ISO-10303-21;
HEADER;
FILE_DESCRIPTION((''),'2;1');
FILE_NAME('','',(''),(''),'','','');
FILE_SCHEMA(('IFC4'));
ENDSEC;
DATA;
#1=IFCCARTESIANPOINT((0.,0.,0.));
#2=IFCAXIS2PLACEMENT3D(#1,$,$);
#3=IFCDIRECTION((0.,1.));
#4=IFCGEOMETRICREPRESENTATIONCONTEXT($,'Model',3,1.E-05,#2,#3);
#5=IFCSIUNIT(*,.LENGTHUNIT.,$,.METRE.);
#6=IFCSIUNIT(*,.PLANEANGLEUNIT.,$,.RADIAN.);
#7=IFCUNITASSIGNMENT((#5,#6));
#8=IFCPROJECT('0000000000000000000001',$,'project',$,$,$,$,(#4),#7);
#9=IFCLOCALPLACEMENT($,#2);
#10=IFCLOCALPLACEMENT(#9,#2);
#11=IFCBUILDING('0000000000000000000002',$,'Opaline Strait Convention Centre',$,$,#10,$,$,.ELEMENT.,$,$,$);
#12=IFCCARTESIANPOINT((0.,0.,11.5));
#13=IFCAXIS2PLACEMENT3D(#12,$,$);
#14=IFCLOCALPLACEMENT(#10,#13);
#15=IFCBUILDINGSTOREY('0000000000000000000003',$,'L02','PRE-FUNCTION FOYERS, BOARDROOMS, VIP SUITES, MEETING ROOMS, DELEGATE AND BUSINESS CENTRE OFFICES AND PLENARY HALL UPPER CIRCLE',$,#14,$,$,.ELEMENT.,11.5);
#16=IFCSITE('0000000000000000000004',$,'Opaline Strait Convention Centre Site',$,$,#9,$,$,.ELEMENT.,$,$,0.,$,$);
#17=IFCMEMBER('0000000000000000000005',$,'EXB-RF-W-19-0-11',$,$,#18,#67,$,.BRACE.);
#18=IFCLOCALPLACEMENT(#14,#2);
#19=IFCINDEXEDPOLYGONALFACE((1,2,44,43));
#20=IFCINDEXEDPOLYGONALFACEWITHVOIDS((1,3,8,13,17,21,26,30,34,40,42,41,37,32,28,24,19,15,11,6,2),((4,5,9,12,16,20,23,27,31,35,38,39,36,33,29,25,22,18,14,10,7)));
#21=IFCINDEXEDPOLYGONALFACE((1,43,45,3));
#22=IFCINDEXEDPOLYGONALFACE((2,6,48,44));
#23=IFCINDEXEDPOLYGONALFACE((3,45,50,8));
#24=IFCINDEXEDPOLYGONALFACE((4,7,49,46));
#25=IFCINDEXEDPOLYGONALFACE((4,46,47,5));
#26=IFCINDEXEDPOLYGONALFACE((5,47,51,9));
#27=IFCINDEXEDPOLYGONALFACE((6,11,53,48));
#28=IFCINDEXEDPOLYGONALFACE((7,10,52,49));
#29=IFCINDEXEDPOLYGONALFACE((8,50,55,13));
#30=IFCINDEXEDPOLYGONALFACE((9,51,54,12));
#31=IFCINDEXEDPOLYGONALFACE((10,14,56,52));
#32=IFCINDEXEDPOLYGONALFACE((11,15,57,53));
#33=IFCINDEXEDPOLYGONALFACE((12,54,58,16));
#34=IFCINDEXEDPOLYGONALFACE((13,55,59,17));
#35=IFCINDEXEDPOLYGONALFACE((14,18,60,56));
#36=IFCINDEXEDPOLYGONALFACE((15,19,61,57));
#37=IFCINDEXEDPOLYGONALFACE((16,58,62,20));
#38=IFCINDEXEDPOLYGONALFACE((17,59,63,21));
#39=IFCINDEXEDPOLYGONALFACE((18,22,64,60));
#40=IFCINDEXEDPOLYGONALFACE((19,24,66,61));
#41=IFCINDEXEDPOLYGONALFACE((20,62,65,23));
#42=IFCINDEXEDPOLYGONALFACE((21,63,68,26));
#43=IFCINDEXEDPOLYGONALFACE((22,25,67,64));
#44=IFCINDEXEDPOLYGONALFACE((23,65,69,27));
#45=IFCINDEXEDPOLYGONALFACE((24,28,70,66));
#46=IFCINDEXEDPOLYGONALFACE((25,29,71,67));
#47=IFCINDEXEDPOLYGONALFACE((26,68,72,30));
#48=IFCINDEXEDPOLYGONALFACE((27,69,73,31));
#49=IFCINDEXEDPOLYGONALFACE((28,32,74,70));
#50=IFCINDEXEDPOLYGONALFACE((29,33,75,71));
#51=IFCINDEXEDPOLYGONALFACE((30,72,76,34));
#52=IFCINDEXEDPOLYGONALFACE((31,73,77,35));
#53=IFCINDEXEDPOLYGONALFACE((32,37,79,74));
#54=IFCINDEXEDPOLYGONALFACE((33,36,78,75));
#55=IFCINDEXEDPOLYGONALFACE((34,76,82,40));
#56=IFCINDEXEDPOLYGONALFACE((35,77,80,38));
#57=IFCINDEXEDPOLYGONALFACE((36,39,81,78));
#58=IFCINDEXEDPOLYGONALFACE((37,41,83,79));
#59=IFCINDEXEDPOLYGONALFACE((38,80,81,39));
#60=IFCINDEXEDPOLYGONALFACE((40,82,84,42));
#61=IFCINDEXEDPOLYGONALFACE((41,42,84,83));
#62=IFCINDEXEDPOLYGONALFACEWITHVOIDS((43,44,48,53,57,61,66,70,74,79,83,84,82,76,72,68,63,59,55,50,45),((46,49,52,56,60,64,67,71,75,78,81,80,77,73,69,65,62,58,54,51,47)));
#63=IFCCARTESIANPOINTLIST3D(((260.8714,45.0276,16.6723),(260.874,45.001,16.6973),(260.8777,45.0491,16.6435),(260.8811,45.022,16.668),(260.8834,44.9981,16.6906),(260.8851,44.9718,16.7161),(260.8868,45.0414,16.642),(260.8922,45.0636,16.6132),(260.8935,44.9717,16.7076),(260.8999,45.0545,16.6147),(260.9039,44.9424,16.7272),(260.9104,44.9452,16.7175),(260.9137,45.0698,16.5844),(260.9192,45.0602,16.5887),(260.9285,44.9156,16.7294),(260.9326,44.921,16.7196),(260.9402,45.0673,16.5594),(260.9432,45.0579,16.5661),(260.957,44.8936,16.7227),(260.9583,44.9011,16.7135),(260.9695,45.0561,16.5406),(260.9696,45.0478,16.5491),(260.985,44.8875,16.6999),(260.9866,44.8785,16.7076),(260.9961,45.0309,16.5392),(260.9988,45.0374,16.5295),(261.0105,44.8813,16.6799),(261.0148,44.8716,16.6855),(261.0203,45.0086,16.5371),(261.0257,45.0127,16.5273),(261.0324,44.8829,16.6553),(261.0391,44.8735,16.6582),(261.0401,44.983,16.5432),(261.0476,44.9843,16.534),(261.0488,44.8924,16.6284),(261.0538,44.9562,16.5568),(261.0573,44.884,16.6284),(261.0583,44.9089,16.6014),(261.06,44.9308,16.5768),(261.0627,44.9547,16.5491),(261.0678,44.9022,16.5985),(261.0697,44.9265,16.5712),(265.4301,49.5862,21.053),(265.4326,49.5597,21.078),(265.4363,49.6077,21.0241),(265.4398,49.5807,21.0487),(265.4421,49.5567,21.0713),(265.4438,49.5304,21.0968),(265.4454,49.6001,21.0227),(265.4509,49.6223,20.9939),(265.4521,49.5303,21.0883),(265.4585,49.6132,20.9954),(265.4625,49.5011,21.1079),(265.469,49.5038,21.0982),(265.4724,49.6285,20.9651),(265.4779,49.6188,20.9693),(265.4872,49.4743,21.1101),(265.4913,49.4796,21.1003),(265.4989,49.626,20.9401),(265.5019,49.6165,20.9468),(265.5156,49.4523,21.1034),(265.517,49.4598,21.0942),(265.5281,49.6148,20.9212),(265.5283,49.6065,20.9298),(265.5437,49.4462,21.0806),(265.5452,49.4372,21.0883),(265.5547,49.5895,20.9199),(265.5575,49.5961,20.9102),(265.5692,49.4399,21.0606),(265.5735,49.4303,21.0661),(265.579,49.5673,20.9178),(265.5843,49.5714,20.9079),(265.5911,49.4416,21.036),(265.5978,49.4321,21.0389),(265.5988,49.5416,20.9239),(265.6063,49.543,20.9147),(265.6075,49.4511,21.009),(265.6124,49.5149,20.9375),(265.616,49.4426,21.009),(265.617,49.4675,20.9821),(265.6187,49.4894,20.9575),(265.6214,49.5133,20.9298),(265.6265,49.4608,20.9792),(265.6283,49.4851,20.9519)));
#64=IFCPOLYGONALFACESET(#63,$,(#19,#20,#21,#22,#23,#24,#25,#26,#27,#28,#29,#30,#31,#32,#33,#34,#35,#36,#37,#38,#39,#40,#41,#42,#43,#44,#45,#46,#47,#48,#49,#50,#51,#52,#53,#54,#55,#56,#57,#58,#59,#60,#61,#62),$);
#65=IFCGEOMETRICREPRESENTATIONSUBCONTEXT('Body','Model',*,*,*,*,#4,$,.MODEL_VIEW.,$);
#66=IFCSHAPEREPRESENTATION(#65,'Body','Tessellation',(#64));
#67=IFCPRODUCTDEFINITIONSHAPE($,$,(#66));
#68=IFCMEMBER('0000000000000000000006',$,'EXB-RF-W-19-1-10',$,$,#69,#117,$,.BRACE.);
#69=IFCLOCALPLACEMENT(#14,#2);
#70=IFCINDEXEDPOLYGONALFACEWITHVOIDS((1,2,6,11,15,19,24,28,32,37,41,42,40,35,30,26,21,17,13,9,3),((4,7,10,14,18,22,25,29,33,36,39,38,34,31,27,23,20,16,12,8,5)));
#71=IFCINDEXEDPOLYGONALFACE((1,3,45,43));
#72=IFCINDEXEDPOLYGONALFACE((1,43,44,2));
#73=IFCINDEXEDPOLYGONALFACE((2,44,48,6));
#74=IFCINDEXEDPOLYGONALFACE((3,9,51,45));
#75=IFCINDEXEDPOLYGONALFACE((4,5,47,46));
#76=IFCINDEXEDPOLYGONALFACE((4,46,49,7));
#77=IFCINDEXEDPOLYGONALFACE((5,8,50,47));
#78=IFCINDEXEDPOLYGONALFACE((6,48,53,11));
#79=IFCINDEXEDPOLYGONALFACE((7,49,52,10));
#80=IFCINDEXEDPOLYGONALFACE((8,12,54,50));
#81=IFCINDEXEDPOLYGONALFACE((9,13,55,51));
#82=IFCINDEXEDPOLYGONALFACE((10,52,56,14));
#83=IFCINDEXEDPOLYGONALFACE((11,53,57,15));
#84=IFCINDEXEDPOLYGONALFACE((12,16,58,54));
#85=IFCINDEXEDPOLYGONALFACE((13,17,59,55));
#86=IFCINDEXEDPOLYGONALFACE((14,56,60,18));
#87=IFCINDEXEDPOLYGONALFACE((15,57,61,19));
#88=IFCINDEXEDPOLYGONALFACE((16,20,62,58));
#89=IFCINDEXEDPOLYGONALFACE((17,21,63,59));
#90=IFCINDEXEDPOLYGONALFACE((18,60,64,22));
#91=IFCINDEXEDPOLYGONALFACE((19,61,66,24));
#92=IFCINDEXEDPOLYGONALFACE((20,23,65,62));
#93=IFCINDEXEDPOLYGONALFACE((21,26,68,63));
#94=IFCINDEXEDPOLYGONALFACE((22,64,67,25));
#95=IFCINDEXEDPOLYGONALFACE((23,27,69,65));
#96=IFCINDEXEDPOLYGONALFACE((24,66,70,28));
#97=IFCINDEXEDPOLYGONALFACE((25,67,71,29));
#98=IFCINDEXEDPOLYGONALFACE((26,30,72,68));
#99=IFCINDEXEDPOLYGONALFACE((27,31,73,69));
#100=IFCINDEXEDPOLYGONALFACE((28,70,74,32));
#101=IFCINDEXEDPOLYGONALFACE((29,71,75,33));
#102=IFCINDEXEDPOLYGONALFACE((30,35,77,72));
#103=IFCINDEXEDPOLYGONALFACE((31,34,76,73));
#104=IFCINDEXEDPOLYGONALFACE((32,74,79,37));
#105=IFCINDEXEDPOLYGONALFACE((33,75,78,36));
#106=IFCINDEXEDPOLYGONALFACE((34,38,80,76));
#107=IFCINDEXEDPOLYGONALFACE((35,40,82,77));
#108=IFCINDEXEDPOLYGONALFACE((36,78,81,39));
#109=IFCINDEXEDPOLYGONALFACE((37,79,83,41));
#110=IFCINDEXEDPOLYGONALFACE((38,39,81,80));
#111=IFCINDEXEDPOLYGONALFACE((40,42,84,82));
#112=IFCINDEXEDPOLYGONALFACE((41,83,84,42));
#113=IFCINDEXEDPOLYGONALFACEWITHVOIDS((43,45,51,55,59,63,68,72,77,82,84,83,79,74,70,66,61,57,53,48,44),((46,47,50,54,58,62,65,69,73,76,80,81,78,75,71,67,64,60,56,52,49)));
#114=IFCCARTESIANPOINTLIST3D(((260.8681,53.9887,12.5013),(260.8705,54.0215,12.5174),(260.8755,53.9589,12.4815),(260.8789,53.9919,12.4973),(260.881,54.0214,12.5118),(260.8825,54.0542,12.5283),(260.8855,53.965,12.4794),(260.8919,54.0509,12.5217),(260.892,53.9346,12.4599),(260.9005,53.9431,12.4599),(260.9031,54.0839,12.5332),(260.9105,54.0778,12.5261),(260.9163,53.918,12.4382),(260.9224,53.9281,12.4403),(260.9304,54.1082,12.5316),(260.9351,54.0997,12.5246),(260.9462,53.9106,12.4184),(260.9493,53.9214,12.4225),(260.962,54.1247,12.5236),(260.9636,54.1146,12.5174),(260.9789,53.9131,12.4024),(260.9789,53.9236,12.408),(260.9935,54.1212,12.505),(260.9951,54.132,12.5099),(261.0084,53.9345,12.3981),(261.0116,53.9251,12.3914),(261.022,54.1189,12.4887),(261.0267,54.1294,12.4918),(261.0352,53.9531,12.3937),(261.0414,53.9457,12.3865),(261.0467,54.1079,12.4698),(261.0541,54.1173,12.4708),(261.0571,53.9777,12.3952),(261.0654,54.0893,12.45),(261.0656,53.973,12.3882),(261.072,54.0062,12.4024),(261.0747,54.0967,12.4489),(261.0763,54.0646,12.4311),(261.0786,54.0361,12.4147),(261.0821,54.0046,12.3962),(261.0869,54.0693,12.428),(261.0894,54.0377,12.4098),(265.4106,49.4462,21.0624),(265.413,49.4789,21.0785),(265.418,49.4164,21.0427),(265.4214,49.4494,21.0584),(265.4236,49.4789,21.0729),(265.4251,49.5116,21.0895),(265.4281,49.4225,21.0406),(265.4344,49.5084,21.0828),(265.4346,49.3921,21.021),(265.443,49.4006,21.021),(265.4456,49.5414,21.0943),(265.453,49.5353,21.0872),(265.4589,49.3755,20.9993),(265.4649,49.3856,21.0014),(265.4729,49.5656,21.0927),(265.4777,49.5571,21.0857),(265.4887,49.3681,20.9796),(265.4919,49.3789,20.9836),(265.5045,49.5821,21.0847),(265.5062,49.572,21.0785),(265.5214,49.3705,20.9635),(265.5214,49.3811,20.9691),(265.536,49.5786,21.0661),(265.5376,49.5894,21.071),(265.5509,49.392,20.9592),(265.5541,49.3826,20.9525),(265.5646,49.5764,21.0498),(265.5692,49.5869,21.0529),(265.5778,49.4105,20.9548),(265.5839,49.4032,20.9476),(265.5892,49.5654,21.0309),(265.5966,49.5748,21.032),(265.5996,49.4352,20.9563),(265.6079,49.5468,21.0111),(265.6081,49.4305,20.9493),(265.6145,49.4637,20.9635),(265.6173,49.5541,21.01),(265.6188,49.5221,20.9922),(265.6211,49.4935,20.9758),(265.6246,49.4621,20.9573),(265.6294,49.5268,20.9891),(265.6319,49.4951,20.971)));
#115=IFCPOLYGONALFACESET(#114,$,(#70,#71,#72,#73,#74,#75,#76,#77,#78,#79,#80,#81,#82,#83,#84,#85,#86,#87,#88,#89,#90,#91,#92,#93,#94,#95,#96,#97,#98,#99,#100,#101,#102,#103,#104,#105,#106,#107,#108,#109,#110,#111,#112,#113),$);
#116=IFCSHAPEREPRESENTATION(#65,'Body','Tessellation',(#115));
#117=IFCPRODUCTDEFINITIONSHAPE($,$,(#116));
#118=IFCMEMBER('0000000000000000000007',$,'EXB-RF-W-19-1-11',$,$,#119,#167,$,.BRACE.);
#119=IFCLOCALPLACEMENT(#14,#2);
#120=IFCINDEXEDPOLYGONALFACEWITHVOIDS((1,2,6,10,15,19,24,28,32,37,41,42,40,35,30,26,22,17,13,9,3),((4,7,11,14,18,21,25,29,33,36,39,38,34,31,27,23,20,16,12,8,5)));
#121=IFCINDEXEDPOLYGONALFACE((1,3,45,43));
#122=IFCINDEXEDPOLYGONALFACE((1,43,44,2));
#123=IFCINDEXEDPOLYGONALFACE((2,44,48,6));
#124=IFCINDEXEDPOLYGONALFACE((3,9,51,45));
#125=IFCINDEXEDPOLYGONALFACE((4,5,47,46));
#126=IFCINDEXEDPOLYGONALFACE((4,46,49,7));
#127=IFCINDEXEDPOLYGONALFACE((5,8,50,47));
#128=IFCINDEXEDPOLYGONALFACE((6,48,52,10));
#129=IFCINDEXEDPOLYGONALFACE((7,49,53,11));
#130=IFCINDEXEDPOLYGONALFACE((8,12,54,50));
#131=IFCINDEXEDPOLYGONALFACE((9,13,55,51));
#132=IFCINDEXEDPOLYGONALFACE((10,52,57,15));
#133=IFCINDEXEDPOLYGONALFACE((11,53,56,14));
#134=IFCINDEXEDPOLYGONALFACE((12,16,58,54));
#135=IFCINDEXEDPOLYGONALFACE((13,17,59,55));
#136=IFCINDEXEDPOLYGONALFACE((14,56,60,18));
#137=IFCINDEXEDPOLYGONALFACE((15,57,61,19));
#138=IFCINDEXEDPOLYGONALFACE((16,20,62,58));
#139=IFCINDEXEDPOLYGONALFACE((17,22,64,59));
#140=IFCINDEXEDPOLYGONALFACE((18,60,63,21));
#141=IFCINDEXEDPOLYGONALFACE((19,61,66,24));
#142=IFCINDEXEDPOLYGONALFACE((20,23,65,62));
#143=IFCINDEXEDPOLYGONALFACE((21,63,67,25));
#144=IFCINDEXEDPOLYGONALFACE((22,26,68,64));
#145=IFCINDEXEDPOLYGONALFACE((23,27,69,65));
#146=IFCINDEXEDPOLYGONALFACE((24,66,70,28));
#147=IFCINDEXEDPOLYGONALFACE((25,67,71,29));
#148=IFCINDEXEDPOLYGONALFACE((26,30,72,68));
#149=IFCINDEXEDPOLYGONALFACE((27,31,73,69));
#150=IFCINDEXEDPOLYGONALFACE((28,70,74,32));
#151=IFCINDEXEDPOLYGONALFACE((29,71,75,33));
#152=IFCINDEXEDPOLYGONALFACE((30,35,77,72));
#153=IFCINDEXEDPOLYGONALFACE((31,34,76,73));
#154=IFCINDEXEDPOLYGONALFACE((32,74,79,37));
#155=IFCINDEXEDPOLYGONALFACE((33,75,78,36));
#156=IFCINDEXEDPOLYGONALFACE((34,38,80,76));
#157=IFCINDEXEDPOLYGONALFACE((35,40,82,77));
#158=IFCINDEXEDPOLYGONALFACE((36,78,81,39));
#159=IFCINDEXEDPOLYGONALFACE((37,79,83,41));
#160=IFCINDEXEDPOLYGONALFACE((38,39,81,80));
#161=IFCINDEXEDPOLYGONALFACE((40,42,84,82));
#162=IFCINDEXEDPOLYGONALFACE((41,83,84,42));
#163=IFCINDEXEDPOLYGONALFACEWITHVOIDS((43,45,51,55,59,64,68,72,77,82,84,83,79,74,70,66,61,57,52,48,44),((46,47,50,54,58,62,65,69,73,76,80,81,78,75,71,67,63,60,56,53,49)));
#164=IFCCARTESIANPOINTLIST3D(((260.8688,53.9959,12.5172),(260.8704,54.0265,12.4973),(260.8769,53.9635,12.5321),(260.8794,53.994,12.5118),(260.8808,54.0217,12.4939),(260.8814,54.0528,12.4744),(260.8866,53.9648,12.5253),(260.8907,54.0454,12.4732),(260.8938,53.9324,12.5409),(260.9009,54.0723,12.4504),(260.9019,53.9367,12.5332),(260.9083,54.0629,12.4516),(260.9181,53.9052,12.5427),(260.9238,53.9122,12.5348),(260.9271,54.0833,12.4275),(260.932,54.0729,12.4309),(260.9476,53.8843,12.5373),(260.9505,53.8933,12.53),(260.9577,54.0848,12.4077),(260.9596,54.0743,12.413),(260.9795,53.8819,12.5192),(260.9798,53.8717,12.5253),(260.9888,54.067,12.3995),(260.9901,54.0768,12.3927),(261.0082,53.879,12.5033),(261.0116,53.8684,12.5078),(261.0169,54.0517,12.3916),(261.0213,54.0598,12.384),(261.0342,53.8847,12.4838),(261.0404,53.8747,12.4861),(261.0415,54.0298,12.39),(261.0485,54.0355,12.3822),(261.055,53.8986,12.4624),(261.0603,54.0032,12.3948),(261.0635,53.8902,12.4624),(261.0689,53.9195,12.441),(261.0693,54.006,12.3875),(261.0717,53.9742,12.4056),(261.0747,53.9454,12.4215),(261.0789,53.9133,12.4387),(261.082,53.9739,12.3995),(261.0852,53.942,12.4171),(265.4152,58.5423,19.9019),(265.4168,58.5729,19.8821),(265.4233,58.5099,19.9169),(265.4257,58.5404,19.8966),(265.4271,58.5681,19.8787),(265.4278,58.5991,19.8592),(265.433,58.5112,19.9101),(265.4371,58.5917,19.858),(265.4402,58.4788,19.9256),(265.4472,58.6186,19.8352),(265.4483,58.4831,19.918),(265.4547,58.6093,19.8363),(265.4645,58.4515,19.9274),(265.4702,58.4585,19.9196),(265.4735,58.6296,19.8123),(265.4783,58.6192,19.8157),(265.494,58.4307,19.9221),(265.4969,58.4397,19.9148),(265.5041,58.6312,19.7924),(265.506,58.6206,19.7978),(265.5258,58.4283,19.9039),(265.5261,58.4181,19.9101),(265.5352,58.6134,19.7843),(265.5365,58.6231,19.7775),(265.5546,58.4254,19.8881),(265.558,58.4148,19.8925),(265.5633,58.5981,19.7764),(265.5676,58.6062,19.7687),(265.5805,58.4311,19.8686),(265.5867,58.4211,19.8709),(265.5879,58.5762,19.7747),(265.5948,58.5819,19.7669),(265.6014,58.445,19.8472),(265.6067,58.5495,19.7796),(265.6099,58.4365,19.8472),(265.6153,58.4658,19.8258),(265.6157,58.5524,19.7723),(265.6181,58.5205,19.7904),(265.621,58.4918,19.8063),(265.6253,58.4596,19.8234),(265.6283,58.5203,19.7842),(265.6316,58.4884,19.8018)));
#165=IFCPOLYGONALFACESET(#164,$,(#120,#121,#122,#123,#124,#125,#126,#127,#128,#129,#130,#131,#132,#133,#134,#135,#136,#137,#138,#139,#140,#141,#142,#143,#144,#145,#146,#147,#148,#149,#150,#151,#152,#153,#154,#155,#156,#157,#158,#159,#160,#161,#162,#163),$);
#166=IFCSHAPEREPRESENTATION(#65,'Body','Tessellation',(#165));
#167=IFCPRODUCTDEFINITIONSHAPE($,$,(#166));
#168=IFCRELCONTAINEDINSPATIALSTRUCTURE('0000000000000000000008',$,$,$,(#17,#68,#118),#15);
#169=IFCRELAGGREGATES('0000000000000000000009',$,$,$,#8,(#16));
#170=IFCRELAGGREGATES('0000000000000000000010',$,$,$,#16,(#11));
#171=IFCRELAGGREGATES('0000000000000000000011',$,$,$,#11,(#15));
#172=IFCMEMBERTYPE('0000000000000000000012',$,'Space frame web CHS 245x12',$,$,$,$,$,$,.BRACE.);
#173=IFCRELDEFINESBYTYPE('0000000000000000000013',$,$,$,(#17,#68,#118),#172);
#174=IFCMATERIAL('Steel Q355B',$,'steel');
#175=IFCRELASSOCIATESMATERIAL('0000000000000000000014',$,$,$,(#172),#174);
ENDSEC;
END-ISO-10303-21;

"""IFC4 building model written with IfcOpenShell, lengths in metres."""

from ifc_helpers import new_model, si_unit, direction, frame, origin, origin_2d, place, context, subcontext, project, spatial, hollow_circle, extrude, material, material_profile, profile_set, type_object, element, save


model = new_model("IFC4")

# Units and contexts
model_context = context("Model", 3, precision=1e-05, world=origin(), true_north=direction((0.0, 1.0)))
body_context = subcontext(model_context, "Body", "Model", "MODEL_VIEW")
ifc_project = project(units=[si_unit("LENGTHUNIT", "METRE"), si_unit("PLANEANGLEUNIT", "RADIAN")], contexts=[model_context])

# Site, building, storey
site_placement = place(None, origin())
site = spatial("IfcSite", under=ifc_project, at=site_placement, Name="Opaline Strait Convention Centre Site", CompositionType="ELEMENT", RefElevation=0.0)
building_placement = place(site_placement, origin())
building = spatial("IfcBuilding", under=site, at=building_placement, Name="Opaline Strait Convention Centre", CompositionType="ELEMENT")
storey_placement = place(building_placement, frame((0.0, 0.0, 11.5)))
storey = spatial("IfcBuildingStorey", under=building, at=storey_placement, Name="L02", Description="PRE-FUNCTION FOYERS, BOARDROOMS, VIP SUITES, MEETING ROOMS, DELEGATE AND BUSINESS CENTRE OFFICES AND PLENARY HALL UPPER CIRCLE", CompositionType="ELEMENT", Elevation=11.5)

# Members
ifc_material_1 = material(Name="Steel Q355B", Category="steel")
ifc_material_profile_1 = material_profile(ifc_material_1, hollow_circle(Radius=0.1226, WallThickness=0.012, at=origin_2d()), Name="CHS 245x12")
ifc_profile_set_1 = profile_set([ifc_material_profile_1], Name="Steel Q355B")
member_type_1 = type_object("IfcMemberType", Name="Space frame web CHS 245x12", PredefinedType="BRACE", material=ifc_profile_set_1)
member_1_placement = place(storey_placement, frame((265.5293, 49.5293, 21.009), z_axis=(-0.584861, -0.584861, -0.562027), x_axis=(0.707107, -0.707107, 0.0)))
element("IfcMember", 1, at=member_1_placement, inside=storey, type_object=member_type_1, Name="EXB-RF-W-19-0-11", PredefinedType="BRACE", context=body_context, shape_type="SweptSolid", body=[
    extrude(hollow_circle(Radius=0.1226, WallThickness=0.012, at=origin_2d()), origin(), (0.0, 0.0, 1.0), 7.7944),
])
member_2_placement = place(storey_placement, frame((265.5212, 49.4788, 21.021), z_axis=(-0.424402, 0.424402, -0.799854), x_axis=(-0.707107, -0.707107, 0.0)))
element("IfcMember", 2, at=member_2_placement, inside=storey, type_object=member_type_1, Name="EXB-RF-W-19-1-10", PredefinedType="BRACE", context=body_context, shape_type="SweptSolid", body=[
    extrude(hollow_circle(Radius=0.1226, WallThickness=0.012, at=origin_2d()), origin(), (0.0, 0.0, 1.0), 10.7034),
])
for number, where, z_axis, x_axis, name in (
    (3, (265.5232, 58.5232, 19.8472), (-0.464318, -0.464318, -0.754199), (0.707107, -0.707107, 0.0), "EXB-RF-W-19-1-11"),
):
    element("IfcMember", number, at=place(storey_placement, frame(where, z_axis=z_axis, x_axis=x_axis)), inside=storey, type_object=member_type_1, Name=name, PredefinedType="BRACE", context=body_context, shape_type="SweptSolid", body=[
        extrude(hollow_circle(Radius=0.1226, WallThickness=0.012, at=origin_2d()), origin(), (0.0, 0.0, 1.0), 9.7915),
    ])

save(model, "model.ifc")
